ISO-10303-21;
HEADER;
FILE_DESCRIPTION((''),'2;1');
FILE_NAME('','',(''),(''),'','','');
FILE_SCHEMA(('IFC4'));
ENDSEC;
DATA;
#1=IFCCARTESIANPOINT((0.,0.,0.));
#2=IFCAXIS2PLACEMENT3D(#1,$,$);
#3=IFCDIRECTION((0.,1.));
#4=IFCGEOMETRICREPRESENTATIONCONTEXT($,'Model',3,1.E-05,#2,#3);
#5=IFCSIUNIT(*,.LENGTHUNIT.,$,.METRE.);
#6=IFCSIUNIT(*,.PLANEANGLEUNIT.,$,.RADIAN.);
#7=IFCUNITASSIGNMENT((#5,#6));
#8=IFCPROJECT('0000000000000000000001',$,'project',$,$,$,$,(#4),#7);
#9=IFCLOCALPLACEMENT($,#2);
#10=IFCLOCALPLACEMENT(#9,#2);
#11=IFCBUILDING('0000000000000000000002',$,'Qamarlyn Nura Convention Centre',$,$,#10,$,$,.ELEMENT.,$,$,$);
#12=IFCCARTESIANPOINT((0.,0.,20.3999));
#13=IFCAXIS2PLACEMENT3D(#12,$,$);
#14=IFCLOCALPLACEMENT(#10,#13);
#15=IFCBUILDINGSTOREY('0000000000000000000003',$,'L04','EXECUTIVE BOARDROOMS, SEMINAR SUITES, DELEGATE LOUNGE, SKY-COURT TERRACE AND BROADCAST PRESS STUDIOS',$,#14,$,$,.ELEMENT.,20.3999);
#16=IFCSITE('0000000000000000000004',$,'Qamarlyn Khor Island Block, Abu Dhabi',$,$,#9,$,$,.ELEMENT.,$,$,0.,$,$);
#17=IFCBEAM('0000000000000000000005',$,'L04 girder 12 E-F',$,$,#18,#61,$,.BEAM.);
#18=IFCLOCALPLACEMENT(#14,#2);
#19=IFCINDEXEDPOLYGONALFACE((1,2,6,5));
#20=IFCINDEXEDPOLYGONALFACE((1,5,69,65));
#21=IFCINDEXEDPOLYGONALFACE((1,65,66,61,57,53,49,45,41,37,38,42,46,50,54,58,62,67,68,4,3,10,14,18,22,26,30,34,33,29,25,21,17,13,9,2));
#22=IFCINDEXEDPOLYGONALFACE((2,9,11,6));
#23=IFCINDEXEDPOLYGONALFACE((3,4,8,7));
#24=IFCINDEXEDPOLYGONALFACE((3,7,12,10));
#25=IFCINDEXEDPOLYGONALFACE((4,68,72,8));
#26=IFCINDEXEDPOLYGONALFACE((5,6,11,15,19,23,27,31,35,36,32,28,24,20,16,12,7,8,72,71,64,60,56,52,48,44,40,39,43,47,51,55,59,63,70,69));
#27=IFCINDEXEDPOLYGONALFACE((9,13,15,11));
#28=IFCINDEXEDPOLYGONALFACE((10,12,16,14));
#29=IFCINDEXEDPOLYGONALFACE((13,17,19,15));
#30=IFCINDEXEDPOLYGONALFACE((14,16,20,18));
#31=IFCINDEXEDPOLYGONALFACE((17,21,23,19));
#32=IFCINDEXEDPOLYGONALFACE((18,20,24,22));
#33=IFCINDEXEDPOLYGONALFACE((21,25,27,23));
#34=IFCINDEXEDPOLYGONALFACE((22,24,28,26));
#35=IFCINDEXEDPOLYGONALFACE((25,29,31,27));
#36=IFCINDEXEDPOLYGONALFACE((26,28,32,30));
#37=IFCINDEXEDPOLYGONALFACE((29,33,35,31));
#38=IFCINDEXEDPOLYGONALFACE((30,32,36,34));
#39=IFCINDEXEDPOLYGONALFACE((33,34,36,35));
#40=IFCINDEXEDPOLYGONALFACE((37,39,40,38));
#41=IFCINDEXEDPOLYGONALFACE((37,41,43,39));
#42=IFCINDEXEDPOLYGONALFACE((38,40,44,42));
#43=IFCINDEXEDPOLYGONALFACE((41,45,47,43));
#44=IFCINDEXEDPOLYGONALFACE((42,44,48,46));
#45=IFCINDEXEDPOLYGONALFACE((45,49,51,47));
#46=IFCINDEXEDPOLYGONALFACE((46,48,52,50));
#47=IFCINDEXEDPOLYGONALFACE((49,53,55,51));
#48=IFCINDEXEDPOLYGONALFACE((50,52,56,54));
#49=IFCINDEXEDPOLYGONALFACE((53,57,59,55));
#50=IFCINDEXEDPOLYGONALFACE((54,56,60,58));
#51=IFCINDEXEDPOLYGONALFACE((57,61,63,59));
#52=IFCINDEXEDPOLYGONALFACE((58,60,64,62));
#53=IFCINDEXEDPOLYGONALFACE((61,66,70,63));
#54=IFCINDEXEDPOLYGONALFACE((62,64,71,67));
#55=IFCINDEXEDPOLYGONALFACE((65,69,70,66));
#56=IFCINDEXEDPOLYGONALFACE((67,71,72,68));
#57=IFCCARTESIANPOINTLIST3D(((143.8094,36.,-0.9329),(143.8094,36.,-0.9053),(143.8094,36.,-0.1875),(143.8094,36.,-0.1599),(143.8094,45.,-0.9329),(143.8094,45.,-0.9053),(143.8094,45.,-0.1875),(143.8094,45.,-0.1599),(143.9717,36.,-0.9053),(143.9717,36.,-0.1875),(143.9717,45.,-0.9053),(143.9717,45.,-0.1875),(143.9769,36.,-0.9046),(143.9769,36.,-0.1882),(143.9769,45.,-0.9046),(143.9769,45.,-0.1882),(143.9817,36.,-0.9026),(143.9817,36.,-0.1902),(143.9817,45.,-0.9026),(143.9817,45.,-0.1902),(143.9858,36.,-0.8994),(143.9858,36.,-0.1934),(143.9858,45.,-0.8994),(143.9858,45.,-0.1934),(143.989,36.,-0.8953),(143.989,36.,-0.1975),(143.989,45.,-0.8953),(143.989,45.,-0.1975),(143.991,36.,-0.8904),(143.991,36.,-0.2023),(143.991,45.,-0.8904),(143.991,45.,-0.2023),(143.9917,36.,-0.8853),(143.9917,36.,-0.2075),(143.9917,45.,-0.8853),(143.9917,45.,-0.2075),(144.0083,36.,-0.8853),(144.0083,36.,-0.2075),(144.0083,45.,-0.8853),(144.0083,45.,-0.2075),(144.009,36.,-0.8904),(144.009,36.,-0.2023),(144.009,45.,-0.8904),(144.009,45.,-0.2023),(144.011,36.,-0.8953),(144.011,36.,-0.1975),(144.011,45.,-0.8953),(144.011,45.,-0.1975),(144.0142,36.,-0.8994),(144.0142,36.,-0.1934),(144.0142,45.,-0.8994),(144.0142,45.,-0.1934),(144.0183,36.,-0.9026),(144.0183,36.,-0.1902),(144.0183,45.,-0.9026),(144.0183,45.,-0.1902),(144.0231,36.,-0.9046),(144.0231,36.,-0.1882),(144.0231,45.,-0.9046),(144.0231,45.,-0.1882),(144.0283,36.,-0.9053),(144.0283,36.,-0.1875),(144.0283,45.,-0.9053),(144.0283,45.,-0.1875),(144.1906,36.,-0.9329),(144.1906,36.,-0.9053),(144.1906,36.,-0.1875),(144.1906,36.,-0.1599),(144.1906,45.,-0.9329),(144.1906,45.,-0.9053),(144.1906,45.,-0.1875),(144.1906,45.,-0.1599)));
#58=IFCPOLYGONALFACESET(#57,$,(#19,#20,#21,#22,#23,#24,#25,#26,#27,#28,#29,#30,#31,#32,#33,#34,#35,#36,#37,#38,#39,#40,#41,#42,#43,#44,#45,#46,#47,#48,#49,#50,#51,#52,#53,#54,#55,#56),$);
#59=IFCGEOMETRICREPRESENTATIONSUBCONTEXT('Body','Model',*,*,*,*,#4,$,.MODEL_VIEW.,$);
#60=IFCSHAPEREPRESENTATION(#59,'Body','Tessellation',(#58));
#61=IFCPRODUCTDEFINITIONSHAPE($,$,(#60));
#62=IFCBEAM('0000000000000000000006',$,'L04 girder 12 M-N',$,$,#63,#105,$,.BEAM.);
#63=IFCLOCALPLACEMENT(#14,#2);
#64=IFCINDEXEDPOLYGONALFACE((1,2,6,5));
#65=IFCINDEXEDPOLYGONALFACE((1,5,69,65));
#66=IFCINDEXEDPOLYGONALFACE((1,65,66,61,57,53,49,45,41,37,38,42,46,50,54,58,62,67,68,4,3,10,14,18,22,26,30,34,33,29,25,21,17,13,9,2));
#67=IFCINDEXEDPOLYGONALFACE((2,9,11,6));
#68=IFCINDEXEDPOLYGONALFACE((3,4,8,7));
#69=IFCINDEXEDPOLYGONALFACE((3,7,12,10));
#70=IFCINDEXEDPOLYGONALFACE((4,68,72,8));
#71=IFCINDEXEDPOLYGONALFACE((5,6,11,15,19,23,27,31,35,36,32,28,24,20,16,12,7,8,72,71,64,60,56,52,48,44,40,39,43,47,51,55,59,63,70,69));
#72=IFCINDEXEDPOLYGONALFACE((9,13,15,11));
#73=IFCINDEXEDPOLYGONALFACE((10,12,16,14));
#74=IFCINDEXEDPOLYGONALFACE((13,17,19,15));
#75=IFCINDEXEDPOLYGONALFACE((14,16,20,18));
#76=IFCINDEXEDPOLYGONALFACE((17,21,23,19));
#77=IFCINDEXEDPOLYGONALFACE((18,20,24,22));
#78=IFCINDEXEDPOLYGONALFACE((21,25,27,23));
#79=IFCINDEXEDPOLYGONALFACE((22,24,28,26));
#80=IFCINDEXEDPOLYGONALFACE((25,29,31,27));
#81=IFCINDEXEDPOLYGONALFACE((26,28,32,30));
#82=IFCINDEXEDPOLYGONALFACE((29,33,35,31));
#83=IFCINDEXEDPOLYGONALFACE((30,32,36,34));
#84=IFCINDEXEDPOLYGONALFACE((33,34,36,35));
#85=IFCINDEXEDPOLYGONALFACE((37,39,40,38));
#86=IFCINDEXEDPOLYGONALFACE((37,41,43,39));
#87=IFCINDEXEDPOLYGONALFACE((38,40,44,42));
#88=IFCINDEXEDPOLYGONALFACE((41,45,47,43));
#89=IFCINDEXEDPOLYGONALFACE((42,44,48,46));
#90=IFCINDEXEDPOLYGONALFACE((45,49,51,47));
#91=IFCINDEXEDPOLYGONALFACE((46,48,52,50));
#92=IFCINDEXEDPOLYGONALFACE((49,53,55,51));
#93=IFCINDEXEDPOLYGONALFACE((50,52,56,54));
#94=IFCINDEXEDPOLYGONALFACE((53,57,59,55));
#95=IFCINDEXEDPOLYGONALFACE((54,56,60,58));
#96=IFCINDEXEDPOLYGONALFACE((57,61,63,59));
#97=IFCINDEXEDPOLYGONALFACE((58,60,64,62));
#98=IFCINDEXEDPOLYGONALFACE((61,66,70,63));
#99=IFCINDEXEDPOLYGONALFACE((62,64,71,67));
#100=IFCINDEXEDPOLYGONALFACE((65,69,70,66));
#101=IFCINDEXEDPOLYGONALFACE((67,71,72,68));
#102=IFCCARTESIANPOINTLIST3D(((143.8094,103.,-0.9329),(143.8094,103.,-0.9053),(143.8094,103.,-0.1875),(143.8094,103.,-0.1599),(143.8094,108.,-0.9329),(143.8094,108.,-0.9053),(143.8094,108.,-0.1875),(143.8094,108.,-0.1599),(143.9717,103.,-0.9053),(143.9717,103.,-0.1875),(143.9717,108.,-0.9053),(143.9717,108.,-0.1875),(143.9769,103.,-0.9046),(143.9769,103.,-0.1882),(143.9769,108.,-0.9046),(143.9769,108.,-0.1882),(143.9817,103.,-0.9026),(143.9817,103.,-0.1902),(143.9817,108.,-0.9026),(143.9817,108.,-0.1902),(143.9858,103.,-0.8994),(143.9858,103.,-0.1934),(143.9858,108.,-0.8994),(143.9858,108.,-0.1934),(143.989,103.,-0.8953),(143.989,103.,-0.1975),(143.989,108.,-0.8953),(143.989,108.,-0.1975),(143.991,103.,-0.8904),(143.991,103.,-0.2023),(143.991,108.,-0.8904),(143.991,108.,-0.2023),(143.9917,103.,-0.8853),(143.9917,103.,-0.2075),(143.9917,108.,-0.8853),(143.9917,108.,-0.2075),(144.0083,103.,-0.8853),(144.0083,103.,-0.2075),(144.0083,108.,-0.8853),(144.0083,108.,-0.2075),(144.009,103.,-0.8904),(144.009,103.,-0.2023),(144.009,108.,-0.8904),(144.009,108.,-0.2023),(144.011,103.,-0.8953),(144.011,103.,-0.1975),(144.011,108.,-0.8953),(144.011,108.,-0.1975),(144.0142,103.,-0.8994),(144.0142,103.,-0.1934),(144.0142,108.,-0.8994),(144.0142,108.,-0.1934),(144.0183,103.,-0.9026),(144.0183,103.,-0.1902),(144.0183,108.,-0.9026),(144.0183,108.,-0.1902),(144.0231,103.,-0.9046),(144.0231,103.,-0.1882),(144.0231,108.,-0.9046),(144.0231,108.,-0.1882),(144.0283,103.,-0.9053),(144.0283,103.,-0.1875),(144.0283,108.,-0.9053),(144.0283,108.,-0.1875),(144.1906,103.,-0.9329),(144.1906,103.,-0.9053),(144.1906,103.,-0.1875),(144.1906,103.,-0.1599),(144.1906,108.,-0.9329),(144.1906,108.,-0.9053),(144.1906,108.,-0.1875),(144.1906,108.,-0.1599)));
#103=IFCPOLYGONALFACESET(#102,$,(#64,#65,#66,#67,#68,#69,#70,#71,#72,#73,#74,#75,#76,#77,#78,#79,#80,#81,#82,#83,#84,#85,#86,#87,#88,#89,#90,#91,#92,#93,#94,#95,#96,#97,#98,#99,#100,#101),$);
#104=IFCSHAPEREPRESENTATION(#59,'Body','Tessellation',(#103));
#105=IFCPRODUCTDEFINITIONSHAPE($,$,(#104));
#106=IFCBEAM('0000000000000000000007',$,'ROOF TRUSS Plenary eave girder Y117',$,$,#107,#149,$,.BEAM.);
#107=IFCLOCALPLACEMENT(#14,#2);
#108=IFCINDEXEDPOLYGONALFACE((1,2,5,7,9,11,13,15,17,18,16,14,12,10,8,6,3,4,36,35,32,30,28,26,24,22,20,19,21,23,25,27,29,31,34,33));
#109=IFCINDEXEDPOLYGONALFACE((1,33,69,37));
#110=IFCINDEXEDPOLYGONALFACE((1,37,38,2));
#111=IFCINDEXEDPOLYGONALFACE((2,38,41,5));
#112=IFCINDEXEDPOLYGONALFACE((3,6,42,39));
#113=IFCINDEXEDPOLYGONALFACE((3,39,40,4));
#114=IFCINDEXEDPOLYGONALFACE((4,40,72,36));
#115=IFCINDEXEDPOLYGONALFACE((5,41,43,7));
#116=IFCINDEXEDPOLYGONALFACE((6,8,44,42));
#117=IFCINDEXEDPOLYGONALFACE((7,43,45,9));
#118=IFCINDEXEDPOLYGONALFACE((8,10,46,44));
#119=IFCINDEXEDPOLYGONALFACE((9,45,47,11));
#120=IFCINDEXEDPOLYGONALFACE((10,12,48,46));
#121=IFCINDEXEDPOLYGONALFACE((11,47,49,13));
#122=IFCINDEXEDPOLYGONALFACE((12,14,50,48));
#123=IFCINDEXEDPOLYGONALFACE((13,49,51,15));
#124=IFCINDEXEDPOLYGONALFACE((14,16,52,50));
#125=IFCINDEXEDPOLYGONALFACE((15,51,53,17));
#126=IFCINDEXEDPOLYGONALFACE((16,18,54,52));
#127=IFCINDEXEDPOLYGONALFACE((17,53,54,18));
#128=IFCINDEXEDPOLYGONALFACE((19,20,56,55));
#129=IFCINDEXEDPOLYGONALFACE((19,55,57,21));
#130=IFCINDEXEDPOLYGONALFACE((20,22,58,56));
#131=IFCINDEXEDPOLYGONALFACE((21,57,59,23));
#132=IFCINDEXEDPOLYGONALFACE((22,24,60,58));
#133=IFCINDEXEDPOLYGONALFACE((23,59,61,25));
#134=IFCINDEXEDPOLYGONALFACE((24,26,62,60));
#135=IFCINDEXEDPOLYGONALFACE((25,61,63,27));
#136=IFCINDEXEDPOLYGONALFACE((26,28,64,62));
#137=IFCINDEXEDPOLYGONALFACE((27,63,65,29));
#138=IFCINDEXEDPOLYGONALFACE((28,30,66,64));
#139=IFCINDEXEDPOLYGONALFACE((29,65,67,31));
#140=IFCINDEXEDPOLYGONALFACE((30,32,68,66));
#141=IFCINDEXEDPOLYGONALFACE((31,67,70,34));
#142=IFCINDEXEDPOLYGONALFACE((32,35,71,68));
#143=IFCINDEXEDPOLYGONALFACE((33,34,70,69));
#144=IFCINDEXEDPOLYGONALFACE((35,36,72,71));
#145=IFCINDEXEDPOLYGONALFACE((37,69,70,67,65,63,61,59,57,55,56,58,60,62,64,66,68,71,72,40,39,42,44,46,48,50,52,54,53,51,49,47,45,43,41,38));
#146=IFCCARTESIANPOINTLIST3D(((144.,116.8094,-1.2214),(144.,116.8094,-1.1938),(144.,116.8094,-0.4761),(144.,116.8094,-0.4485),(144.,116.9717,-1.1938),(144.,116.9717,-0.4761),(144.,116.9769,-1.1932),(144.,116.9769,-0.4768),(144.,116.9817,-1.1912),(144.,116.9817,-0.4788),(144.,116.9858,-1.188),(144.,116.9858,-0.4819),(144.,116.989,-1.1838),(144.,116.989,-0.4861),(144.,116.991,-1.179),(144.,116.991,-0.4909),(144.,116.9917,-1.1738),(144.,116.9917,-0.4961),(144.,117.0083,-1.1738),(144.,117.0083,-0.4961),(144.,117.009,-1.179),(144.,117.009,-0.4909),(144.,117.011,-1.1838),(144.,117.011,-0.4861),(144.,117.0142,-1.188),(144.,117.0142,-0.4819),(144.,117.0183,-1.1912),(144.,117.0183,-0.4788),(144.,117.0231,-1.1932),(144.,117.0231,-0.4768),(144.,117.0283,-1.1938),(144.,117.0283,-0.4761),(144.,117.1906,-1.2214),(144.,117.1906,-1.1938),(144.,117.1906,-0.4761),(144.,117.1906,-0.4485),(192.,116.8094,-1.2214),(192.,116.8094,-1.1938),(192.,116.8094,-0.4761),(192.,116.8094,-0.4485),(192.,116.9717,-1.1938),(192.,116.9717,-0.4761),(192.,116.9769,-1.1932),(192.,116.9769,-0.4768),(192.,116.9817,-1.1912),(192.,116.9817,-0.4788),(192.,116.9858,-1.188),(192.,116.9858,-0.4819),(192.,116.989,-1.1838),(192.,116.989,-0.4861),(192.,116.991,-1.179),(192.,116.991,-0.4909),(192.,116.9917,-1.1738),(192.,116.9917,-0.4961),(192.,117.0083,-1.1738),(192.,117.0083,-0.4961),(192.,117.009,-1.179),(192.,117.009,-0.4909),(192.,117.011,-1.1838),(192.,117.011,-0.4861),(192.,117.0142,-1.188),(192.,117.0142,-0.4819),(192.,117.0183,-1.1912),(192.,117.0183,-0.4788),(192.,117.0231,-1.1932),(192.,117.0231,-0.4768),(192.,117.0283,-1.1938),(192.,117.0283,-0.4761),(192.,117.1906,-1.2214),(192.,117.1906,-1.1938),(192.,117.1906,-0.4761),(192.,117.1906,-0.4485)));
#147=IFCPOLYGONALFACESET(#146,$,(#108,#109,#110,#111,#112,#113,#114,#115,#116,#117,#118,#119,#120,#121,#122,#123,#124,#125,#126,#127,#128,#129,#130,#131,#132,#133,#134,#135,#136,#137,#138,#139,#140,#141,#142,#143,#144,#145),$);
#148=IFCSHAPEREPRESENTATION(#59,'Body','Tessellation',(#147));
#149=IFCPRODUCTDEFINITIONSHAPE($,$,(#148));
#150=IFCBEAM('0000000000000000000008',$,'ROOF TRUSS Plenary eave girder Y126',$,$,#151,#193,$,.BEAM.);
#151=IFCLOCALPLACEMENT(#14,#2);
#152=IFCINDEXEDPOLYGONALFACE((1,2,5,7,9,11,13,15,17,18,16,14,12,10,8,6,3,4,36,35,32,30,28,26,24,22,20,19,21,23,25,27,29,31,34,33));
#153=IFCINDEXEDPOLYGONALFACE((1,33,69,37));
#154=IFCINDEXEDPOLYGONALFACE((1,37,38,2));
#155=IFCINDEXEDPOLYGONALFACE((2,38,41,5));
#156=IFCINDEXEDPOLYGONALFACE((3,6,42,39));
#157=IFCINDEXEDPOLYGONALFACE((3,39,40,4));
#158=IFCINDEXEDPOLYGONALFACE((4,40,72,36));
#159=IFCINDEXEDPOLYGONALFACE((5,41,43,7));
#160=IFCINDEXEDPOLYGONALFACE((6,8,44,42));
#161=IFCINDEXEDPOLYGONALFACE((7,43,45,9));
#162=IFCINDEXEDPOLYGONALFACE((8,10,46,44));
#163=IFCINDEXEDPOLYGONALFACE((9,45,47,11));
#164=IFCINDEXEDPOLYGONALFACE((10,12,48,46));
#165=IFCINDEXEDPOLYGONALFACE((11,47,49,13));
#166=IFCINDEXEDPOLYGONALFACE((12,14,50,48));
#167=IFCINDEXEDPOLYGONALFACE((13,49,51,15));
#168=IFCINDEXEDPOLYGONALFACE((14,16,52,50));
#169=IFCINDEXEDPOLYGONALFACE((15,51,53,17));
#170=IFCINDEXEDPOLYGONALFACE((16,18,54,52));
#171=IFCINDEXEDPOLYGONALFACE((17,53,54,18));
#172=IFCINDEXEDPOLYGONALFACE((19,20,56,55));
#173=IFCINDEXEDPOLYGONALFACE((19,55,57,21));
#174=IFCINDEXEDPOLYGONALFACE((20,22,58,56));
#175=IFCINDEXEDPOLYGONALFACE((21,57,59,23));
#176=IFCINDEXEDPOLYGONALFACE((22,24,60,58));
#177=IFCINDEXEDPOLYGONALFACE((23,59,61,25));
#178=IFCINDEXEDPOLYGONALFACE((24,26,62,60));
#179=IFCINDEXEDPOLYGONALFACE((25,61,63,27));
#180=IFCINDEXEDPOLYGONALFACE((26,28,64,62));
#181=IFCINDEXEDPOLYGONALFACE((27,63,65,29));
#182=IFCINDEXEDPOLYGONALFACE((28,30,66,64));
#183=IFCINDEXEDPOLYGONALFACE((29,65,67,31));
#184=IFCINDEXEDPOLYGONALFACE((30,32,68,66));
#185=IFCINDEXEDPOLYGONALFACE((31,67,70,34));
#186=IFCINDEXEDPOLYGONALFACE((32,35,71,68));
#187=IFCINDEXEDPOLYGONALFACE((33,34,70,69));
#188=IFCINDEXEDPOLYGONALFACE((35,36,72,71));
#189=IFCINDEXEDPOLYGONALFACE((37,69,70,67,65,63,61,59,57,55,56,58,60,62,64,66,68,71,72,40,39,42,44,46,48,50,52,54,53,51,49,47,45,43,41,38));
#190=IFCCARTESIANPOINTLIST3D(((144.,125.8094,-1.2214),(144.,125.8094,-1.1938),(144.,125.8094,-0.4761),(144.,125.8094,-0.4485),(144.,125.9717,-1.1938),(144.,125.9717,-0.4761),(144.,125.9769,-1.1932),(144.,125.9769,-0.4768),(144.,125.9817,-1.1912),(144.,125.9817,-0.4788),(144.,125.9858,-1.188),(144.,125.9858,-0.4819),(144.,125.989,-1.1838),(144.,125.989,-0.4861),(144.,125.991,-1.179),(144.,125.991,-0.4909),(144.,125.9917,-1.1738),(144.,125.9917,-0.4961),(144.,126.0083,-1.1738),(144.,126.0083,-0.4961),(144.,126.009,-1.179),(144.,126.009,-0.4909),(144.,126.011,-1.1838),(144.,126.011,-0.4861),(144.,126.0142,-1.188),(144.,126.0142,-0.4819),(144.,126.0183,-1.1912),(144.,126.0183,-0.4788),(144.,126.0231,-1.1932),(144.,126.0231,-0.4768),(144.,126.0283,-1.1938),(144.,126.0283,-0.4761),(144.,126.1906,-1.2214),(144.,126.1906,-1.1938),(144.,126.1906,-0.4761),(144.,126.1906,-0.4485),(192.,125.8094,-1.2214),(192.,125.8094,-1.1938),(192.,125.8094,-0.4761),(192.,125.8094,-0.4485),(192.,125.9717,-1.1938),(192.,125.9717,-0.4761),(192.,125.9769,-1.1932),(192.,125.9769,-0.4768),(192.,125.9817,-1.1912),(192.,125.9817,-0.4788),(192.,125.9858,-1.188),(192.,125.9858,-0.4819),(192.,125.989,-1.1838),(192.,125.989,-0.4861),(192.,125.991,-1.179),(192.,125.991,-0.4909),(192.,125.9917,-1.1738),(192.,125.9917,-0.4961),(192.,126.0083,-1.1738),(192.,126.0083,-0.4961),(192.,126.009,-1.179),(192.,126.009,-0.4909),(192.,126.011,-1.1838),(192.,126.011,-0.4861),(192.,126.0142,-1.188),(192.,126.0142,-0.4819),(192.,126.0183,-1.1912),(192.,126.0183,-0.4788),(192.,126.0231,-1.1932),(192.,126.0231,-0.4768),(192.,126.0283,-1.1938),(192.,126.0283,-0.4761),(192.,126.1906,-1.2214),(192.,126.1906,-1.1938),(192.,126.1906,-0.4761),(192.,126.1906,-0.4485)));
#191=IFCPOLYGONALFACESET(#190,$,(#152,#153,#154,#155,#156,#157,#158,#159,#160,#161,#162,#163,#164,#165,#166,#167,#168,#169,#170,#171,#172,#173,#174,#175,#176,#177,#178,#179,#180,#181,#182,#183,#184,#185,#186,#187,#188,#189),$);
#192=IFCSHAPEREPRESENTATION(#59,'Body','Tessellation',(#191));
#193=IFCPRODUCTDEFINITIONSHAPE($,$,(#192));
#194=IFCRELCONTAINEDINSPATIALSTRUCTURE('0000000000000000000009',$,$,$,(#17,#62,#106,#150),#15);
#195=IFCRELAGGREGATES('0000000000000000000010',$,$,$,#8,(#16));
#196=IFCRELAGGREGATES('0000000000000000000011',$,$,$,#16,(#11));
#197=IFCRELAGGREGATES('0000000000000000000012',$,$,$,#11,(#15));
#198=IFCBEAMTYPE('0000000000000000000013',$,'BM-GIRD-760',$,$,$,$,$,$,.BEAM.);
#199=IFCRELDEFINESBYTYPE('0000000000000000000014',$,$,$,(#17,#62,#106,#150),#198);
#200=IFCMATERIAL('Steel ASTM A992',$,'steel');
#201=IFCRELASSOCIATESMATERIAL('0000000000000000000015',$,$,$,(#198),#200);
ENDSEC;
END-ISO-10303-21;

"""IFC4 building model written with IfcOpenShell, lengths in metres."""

from ifc_helpers import new_model, si_unit, direction, frame, origin, origin_2d, place, context, subcontext, project, spatial, i_section, extrude, material, material_profile, profile_set, type_object, element, save


model = new_model("IFC4")

# Units and contexts
model_context = context("Model", 3, precision=1e-05, world=origin(), true_north=direction((0.0, 1.0)))
body_context = subcontext(model_context, "Body", "Model", "MODEL_VIEW")
ifc_project = project(units=[si_unit("LENGTHUNIT", "METRE"), si_unit("PLANEANGLEUNIT", "RADIAN")], contexts=[model_context])

# Site, building, storey
site_placement = place(None, origin())
site = spatial("IfcSite", under=ifc_project, at=site_placement, Name="Qamarlyn Khor Island Block, Abu Dhabi", CompositionType="ELEMENT", RefElevation=0.0)
building_placement = place(site_placement, origin())
building = spatial("IfcBuilding", under=site, at=building_placement, Name="Qamarlyn Nura Convention Centre", CompositionType="ELEMENT")
storey_placement = place(building_placement, frame((0.0, 0.0, 20.3999)))
storey = spatial("IfcBuildingStorey", under=building, at=storey_placement, Name="L04", Description="EXECUTIVE BOARDROOMS, SEMINAR SUITES, DELEGATE LOUNGE, SKY-COURT TERRACE AND BROADCAST PRESS STUDIOS", CompositionType="ELEMENT", Elevation=20.3999)

# Beams
ifc_material_1 = material(Name="Steel ASTM A992", Category="steel")
ifc_material_profile_1 = material_profile(ifc_material_1, i_section(OverallWidth=0.3811, OverallDepth=0.7729, WebThickness=0.0166, FlangeThickness=0.0276, FilletRadius=0.02, at=origin_2d()), Name="W760X257")
ifc_profile_set_1 = profile_set([ifc_material_profile_1], Name="Steel ASTM A992")
beam_type_1 = type_object("IfcBeamType", Name="BM-GIRD-760", PredefinedType="BEAM", material=ifc_profile_set_1)
beam_1_placement = place(storey_placement, frame((144.0, 36.0, -0.5464), z_axis=(0.0, 1.0, 0.0), x_axis=(-1.0, 0.0, 0.0)))
element("IfcBeam", 1, at=beam_1_placement, inside=storey, type_object=beam_type_1, Name="L04 girder 12 E-F", PredefinedType="BEAM", context=body_context, shape_type="SweptSolid", body=[
    extrude(i_section(OverallWidth=0.3811, OverallDepth=0.7729, WebThickness=0.0166, FlangeThickness=0.0276, FilletRadius=0.02, at=origin_2d()), origin(), (0.0, 0.0, 1.0), 9.0),
])
beam_2_placement = place(storey_placement, frame((144.0, 103.0, -0.5464), z_axis=(0.0, 1.0, 0.0), x_axis=(-1.0, 0.0, 0.0)))
element("IfcBeam", 2, at=beam_2_placement, inside=storey, type_object=beam_type_1, Name="L04 girder 12 M-N", PredefinedType="BEAM", context=body_context, shape_type="SweptSolid", body=[
    extrude(i_section(OverallWidth=0.3811, OverallDepth=0.7729, WebThickness=0.0166, FlangeThickness=0.0276, FilletRadius=0.02, at=origin_2d()), origin(), (0.0, 0.0, 1.0), 5.0),
])
for number, where, z_axis, x_axis, name in (
    (3, (144.0, 117.0, -0.835), (1.0, 0.0, 0.0), (0.0, 1.0, 0.0), "ROOF TRUSS Plenary eave girder Y117"),
    (4, (144.0, 126.0, -0.835), (1.0, 0.0, 0.0), (0.0, 1.0, 0.0), "ROOF TRUSS Plenary eave girder Y126"),
):
    element("IfcBeam", number, at=place(storey_placement, frame(where, z_axis=z_axis, x_axis=x_axis)), inside=storey, type_object=beam_type_1, Name=name, PredefinedType="BEAM", context=body_context, shape_type="SweptSolid", body=[
        extrude(i_section(OverallWidth=0.3811, OverallDepth=0.7729, WebThickness=0.0166, FlangeThickness=0.0276, FilletRadius=0.02, at=origin_2d()), origin(), (0.0, 0.0, 1.0), 48.0),
    ])

save(model, "model.ifc")
